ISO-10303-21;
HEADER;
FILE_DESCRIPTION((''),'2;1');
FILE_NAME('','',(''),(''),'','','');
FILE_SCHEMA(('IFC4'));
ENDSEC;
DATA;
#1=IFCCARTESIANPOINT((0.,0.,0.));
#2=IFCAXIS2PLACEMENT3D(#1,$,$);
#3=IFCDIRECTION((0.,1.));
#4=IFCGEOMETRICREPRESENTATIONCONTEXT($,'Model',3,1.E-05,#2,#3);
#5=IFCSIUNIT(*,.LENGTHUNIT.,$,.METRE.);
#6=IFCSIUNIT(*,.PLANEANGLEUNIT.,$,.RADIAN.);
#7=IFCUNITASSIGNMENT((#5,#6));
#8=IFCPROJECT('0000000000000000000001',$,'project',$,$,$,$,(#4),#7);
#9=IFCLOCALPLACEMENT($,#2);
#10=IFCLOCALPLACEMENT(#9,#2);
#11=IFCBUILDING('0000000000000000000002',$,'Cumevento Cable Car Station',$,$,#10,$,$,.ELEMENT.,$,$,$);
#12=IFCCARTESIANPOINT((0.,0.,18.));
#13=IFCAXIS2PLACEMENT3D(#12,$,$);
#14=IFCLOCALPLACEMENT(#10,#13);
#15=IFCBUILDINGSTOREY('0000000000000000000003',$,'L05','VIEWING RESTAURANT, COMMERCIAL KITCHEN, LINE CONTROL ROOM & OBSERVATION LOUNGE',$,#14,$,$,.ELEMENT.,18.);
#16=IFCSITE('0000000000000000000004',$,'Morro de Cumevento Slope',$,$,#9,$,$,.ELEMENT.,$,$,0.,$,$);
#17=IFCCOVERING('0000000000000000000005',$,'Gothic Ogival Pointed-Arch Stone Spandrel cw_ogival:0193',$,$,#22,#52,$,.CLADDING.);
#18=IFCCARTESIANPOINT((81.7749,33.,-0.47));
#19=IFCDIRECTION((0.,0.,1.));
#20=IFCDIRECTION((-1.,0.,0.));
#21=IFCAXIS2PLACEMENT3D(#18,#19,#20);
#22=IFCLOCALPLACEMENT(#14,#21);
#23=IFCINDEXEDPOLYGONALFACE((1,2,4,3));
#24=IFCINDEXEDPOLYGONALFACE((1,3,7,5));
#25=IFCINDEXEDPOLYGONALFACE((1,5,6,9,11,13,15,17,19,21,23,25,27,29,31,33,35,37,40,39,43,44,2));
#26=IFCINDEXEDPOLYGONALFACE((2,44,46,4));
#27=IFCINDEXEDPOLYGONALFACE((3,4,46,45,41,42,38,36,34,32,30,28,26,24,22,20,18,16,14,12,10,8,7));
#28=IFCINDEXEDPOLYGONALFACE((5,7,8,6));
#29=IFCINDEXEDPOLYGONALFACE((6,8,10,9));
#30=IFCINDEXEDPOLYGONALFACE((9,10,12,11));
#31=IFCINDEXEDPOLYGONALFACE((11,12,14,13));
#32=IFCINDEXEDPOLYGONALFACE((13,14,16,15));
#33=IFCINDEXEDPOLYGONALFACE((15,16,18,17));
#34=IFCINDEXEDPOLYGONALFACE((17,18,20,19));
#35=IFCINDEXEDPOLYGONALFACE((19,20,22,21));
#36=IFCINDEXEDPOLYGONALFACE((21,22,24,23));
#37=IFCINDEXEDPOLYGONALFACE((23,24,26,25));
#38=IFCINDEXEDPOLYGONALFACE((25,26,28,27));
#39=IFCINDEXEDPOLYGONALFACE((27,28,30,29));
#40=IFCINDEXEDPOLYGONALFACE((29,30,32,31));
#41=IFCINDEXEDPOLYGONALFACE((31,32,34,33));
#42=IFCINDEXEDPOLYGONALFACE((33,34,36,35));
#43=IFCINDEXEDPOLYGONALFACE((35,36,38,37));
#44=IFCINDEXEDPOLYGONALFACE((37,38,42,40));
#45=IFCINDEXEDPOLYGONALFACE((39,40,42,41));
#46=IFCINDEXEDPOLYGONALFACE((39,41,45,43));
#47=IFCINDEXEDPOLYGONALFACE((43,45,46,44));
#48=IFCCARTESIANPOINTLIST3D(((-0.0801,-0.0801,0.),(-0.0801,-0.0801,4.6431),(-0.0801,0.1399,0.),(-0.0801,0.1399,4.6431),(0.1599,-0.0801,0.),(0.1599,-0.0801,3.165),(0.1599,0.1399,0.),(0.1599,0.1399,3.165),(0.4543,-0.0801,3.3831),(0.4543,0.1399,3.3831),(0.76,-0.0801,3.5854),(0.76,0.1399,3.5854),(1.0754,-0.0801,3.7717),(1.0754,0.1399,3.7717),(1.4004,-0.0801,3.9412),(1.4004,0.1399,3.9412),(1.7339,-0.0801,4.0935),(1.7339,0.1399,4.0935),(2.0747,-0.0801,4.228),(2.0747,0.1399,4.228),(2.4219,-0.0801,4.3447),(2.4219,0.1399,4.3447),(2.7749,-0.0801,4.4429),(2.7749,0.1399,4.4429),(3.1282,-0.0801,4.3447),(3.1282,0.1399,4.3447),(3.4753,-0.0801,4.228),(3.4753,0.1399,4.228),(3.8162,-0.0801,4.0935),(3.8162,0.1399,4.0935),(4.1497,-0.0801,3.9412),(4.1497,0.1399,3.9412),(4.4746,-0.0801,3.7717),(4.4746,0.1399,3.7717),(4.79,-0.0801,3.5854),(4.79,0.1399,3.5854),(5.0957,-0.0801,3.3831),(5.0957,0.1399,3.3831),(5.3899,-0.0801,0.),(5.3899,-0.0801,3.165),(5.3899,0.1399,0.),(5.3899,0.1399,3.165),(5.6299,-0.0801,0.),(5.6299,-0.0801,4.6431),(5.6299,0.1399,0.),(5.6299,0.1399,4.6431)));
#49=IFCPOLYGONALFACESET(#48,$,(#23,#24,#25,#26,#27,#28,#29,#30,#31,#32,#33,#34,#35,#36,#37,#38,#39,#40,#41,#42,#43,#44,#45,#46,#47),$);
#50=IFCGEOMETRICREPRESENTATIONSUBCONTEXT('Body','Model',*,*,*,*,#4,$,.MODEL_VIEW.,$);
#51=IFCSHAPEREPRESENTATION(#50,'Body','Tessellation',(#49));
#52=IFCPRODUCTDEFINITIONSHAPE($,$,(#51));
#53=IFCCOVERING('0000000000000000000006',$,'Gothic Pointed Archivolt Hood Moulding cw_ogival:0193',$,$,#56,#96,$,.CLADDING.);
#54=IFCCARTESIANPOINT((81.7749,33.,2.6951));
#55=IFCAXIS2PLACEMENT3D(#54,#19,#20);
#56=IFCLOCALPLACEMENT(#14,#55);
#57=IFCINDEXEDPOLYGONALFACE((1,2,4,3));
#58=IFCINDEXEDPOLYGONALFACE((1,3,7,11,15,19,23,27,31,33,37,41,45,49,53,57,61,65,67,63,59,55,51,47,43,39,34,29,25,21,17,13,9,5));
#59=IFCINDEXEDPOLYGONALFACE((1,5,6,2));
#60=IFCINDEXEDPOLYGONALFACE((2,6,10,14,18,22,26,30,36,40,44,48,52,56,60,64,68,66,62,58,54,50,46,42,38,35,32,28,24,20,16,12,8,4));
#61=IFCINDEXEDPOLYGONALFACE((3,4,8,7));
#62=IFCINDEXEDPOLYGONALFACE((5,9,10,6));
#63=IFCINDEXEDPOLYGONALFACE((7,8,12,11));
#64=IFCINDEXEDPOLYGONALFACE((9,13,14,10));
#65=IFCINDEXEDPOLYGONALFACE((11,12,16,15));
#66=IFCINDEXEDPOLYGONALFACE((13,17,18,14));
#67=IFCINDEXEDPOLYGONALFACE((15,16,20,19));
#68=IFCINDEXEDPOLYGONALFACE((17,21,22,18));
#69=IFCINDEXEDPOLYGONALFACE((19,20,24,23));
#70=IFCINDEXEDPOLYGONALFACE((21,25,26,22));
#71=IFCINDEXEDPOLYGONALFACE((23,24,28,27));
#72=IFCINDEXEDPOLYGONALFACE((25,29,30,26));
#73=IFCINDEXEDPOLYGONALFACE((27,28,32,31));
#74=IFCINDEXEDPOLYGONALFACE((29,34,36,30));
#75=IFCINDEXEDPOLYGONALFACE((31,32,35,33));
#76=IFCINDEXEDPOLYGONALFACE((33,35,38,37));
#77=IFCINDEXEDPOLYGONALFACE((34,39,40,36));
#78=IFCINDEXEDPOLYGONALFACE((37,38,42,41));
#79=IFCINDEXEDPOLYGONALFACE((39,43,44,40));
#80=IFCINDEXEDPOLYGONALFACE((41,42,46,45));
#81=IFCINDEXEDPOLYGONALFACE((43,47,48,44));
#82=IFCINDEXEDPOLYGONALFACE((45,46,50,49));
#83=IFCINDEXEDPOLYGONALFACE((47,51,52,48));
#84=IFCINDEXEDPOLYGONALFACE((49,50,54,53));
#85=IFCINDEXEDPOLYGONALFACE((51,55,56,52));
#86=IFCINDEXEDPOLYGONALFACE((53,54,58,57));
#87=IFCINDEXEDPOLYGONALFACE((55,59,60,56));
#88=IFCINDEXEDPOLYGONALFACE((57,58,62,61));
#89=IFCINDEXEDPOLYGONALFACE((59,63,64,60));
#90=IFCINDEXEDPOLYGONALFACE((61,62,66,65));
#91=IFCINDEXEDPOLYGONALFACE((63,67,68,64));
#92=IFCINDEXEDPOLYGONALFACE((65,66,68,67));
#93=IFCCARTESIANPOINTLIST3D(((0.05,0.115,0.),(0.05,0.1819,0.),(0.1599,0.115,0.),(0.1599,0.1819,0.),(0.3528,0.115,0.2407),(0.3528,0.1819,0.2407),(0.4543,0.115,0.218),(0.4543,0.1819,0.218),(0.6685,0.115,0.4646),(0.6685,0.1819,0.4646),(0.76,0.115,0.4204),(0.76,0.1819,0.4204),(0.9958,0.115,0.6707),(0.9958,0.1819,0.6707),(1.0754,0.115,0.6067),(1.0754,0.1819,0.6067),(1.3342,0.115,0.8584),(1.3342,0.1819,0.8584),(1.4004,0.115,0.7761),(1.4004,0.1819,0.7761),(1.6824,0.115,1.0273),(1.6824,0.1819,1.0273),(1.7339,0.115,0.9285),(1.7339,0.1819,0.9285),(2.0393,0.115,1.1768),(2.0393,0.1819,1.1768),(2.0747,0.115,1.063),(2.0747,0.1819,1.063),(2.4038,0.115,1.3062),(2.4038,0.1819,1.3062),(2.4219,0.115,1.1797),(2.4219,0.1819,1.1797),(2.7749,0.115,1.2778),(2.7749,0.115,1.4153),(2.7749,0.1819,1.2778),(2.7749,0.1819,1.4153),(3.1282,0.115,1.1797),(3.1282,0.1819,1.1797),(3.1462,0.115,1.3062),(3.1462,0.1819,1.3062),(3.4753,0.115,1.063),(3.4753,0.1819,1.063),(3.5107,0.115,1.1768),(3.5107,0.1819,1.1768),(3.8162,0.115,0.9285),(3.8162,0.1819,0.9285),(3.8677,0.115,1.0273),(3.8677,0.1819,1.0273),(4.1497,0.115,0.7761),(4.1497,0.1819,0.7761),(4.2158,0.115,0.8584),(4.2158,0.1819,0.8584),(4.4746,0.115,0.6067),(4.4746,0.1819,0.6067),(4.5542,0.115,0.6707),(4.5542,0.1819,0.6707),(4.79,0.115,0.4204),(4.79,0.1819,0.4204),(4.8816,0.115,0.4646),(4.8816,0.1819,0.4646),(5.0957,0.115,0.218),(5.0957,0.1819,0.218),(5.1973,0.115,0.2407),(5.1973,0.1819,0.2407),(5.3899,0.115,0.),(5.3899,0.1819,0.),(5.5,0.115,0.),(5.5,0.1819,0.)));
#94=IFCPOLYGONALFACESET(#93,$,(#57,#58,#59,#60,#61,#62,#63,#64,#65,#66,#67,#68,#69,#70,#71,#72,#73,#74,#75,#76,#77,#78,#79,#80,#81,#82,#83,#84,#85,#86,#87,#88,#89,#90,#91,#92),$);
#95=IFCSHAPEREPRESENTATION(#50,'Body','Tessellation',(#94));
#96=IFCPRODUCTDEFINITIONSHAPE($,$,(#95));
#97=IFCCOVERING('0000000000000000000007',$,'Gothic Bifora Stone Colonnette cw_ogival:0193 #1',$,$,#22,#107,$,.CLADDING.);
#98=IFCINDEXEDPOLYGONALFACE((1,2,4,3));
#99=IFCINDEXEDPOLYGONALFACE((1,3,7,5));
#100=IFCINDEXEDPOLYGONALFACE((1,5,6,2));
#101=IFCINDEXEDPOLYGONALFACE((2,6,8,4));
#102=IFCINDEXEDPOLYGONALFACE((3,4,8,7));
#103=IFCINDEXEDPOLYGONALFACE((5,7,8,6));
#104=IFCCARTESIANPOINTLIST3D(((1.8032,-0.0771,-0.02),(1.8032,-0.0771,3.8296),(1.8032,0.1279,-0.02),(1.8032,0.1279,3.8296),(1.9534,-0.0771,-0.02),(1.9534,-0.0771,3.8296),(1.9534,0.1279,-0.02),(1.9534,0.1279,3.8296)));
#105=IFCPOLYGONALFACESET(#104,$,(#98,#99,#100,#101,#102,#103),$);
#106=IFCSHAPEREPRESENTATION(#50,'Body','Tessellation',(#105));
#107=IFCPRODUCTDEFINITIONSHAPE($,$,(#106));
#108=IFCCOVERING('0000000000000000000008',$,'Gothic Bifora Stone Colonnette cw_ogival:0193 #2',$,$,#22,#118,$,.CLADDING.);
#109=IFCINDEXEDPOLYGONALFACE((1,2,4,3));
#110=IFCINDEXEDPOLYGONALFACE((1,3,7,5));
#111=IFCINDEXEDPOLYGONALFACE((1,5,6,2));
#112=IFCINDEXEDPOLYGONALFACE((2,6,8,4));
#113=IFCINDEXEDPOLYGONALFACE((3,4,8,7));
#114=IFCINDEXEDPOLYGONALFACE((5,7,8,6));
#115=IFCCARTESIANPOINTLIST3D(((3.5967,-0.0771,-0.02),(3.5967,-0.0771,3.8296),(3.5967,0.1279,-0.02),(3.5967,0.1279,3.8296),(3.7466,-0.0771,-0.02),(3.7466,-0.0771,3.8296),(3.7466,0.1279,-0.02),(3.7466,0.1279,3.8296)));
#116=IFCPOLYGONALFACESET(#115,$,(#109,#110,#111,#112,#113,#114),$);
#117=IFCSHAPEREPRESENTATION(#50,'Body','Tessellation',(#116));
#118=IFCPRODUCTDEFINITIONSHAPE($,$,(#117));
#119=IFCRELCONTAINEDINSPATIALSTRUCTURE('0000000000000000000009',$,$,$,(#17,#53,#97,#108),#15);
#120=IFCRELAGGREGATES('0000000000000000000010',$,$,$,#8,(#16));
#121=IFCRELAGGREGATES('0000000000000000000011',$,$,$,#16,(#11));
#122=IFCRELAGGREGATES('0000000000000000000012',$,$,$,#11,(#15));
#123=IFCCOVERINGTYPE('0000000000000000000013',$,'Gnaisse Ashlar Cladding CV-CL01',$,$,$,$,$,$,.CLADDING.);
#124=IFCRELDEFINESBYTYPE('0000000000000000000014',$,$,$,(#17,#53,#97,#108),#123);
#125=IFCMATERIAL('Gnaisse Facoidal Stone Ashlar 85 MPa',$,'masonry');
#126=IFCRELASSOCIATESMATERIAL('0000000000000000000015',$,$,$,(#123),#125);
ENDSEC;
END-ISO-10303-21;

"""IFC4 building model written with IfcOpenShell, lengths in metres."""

from ifc_helpers import new_model, si_unit, direction, frame, origin, place, context, subcontext, project, spatial, polyline, outline, extrude, material, type_object, element, save


model = new_model("IFC4")

# Units and contexts
model_context = context("Model", 3, precision=1e-05, world=origin(), true_north=direction((0.0, 1.0)))
body_context = subcontext(model_context, "Body", "Model", "MODEL_VIEW")
ifc_project = project(units=[si_unit("LENGTHUNIT", "METRE"), si_unit("PLANEANGLEUNIT", "RADIAN")], contexts=[model_context])

# Site, building, storey
site_placement = place(None, origin())
site = spatial("IfcSite", under=ifc_project, at=site_placement, Name="Morro de Cumevento Slope", CompositionType="ELEMENT", RefElevation=0.0)
building_placement = place(site_placement, origin())
building = spatial("IfcBuilding", under=site, at=building_placement, Name="Cumevento Cable Car Station", CompositionType="ELEMENT")
storey_placement = place(building_placement, frame((0.0, 0.0, 18.0)))
storey = spatial("IfcBuildingStorey", under=building, at=storey_placement, Name="L05", Description="VIEWING RESTAURANT, COMMERCIAL KITCHEN, LINE CONTROL ROOM & OBSERVATION LOUNGE", CompositionType="ELEMENT", Elevation=18.0)

# Coverings
ifc_material_1 = material(Name="Gnaisse Facoidal Stone Ashlar 85 MPa", Category="masonry")
covering_type = type_object("IfcCoveringType", Name="Gnaisse Ashlar Cladding CV-CL01", PredefinedType="CLADDING", material=ifc_material_1)
placement = place(storey_placement, frame((81.7749, 33.0, -0.47), z_axis=(0.0, 0.0, 1.0), x_axis=(-1.0, 0.0, 0.0)))
element("IfcCovering", 1, at=placement, inside=storey, type_object=covering_type, Name="Gothic Ogival Pointed-Arch Stone Spandrel cw_ogival:0193", PredefinedType="CLADDING", context=body_context, shape_type="SweptSolid", body=[
    extrude(outline(polyline([(-0.0801, 0.0), (-0.0801, 4.6431), (5.6299, 4.6431), (5.6299, 0.0), (5.3899, 0.0), (5.3899, 3.165), (5.0957, 3.3831), (4.79, 3.5854), (4.4746, 3.7717), (4.1497, 3.9412), (3.8162, 4.0935), (3.4753, 4.228), (3.1282, 4.3447), (2.7749, 4.4429), (2.4219, 4.3447), (2.0747, 4.228), (1.7339, 4.0935), (1.4004, 3.9412), (1.0754, 3.7717), (0.76, 3.5854), (0.4543, 3.3831), (0.1599, 3.165), (0.1599, 0.0), (-0.0801, 0.0)])), frame((0.0, 0.1399, 0.0), z_axis=(0.0, -1.0, 0.0), x_axis=(1.0, 0.0, 0.0)), (0.0, 0.0, 1.0), 0.22),
])
covering_1_placement = place(storey_placement, frame((81.7749, 33.0, 2.6951), z_axis=(0.0, 0.0, 1.0), x_axis=(-1.0, 0.0, 0.0)))
element("IfcCovering", 2, at=covering_1_placement, inside=storey, type_object=covering_type, Name="Gothic Pointed Archivolt Hood Moulding cw_ogival:0193", PredefinedType="CLADDING", context=body_context, shape_type="SweptSolid", body=[
    extrude(outline(polyline([(0.1599, 0.0), (0.4543, 0.218), (0.76, 0.4204), (1.0754, 0.6067), (1.4004, 0.7761), (1.7339, 0.9285), (2.0747, 1.063), (2.4219, 1.1797), (2.7749, 1.2778), (3.1282, 1.1797), (3.4753, 1.063), (3.8162, 0.9285), (4.1497, 0.7761), (4.4746, 0.6067), (4.79, 0.4204), (5.0957, 0.218), (5.3899, 0.0), (5.5, 0.0), (5.1973, 0.2407), (4.8816, 0.4646), (4.5542, 0.6707), (4.2158, 0.8584), (3.8677, 1.0273), (3.5107, 1.1768), (3.1462, 1.3062), (2.7749, 1.4153), (2.4038, 1.3062), (2.0393, 1.1768), (1.6824, 1.0273), (1.3342, 0.8584), (0.9958, 0.6707), (0.6685, 0.4646), (0.3528, 0.2407), (0.05, 0.0), (0.1599, 0.0)])), frame((0.0, 0.1819, 0.0), z_axis=(0.0, -1.0, 0.0), x_axis=(1.0, 0.0, 0.0)), (0.0, 0.0, 1.0), 0.0669),
])
element("IfcCovering", 3, at=placement, inside=storey, type_object=covering_type, Name="Gothic Bifora Stone Colonnette cw_ogival:0193 #1", PredefinedType="CLADDING", context=body_context, shape_type="SweptSolid", body=[
    extrude(outline(polyline([(1.8032, -0.02), (1.9534, -0.02), (1.9534, 3.8296), (1.8032, 3.8296), (1.8032, -0.02)])), frame((0.0, 0.1279, 0.0), z_axis=(0.0, -1.0, 0.0), x_axis=(1.0, 0.0, 0.0)), (0.0, 0.0, 1.0), 0.2051),
])
element("IfcCovering", 4, at=placement, inside=storey, type_object=covering_type, Name="Gothic Bifora Stone Colonnette cw_ogival:0193 #2", PredefinedType="CLADDING", context=body_context, shape_type="SweptSolid", body=[
    extrude(outline(polyline([(3.5967, -0.02), (3.7466, -0.02), (3.7466, 3.8296), (3.5967, 3.8296), (3.5967, -0.02)])), frame((0.0, 0.1279, 0.0), z_axis=(0.0, -1.0, 0.0), x_axis=(1.0, 0.0, 0.0)), (0.0, 0.0, 1.0), 0.2051),
])

save(model, "model.ifc")
